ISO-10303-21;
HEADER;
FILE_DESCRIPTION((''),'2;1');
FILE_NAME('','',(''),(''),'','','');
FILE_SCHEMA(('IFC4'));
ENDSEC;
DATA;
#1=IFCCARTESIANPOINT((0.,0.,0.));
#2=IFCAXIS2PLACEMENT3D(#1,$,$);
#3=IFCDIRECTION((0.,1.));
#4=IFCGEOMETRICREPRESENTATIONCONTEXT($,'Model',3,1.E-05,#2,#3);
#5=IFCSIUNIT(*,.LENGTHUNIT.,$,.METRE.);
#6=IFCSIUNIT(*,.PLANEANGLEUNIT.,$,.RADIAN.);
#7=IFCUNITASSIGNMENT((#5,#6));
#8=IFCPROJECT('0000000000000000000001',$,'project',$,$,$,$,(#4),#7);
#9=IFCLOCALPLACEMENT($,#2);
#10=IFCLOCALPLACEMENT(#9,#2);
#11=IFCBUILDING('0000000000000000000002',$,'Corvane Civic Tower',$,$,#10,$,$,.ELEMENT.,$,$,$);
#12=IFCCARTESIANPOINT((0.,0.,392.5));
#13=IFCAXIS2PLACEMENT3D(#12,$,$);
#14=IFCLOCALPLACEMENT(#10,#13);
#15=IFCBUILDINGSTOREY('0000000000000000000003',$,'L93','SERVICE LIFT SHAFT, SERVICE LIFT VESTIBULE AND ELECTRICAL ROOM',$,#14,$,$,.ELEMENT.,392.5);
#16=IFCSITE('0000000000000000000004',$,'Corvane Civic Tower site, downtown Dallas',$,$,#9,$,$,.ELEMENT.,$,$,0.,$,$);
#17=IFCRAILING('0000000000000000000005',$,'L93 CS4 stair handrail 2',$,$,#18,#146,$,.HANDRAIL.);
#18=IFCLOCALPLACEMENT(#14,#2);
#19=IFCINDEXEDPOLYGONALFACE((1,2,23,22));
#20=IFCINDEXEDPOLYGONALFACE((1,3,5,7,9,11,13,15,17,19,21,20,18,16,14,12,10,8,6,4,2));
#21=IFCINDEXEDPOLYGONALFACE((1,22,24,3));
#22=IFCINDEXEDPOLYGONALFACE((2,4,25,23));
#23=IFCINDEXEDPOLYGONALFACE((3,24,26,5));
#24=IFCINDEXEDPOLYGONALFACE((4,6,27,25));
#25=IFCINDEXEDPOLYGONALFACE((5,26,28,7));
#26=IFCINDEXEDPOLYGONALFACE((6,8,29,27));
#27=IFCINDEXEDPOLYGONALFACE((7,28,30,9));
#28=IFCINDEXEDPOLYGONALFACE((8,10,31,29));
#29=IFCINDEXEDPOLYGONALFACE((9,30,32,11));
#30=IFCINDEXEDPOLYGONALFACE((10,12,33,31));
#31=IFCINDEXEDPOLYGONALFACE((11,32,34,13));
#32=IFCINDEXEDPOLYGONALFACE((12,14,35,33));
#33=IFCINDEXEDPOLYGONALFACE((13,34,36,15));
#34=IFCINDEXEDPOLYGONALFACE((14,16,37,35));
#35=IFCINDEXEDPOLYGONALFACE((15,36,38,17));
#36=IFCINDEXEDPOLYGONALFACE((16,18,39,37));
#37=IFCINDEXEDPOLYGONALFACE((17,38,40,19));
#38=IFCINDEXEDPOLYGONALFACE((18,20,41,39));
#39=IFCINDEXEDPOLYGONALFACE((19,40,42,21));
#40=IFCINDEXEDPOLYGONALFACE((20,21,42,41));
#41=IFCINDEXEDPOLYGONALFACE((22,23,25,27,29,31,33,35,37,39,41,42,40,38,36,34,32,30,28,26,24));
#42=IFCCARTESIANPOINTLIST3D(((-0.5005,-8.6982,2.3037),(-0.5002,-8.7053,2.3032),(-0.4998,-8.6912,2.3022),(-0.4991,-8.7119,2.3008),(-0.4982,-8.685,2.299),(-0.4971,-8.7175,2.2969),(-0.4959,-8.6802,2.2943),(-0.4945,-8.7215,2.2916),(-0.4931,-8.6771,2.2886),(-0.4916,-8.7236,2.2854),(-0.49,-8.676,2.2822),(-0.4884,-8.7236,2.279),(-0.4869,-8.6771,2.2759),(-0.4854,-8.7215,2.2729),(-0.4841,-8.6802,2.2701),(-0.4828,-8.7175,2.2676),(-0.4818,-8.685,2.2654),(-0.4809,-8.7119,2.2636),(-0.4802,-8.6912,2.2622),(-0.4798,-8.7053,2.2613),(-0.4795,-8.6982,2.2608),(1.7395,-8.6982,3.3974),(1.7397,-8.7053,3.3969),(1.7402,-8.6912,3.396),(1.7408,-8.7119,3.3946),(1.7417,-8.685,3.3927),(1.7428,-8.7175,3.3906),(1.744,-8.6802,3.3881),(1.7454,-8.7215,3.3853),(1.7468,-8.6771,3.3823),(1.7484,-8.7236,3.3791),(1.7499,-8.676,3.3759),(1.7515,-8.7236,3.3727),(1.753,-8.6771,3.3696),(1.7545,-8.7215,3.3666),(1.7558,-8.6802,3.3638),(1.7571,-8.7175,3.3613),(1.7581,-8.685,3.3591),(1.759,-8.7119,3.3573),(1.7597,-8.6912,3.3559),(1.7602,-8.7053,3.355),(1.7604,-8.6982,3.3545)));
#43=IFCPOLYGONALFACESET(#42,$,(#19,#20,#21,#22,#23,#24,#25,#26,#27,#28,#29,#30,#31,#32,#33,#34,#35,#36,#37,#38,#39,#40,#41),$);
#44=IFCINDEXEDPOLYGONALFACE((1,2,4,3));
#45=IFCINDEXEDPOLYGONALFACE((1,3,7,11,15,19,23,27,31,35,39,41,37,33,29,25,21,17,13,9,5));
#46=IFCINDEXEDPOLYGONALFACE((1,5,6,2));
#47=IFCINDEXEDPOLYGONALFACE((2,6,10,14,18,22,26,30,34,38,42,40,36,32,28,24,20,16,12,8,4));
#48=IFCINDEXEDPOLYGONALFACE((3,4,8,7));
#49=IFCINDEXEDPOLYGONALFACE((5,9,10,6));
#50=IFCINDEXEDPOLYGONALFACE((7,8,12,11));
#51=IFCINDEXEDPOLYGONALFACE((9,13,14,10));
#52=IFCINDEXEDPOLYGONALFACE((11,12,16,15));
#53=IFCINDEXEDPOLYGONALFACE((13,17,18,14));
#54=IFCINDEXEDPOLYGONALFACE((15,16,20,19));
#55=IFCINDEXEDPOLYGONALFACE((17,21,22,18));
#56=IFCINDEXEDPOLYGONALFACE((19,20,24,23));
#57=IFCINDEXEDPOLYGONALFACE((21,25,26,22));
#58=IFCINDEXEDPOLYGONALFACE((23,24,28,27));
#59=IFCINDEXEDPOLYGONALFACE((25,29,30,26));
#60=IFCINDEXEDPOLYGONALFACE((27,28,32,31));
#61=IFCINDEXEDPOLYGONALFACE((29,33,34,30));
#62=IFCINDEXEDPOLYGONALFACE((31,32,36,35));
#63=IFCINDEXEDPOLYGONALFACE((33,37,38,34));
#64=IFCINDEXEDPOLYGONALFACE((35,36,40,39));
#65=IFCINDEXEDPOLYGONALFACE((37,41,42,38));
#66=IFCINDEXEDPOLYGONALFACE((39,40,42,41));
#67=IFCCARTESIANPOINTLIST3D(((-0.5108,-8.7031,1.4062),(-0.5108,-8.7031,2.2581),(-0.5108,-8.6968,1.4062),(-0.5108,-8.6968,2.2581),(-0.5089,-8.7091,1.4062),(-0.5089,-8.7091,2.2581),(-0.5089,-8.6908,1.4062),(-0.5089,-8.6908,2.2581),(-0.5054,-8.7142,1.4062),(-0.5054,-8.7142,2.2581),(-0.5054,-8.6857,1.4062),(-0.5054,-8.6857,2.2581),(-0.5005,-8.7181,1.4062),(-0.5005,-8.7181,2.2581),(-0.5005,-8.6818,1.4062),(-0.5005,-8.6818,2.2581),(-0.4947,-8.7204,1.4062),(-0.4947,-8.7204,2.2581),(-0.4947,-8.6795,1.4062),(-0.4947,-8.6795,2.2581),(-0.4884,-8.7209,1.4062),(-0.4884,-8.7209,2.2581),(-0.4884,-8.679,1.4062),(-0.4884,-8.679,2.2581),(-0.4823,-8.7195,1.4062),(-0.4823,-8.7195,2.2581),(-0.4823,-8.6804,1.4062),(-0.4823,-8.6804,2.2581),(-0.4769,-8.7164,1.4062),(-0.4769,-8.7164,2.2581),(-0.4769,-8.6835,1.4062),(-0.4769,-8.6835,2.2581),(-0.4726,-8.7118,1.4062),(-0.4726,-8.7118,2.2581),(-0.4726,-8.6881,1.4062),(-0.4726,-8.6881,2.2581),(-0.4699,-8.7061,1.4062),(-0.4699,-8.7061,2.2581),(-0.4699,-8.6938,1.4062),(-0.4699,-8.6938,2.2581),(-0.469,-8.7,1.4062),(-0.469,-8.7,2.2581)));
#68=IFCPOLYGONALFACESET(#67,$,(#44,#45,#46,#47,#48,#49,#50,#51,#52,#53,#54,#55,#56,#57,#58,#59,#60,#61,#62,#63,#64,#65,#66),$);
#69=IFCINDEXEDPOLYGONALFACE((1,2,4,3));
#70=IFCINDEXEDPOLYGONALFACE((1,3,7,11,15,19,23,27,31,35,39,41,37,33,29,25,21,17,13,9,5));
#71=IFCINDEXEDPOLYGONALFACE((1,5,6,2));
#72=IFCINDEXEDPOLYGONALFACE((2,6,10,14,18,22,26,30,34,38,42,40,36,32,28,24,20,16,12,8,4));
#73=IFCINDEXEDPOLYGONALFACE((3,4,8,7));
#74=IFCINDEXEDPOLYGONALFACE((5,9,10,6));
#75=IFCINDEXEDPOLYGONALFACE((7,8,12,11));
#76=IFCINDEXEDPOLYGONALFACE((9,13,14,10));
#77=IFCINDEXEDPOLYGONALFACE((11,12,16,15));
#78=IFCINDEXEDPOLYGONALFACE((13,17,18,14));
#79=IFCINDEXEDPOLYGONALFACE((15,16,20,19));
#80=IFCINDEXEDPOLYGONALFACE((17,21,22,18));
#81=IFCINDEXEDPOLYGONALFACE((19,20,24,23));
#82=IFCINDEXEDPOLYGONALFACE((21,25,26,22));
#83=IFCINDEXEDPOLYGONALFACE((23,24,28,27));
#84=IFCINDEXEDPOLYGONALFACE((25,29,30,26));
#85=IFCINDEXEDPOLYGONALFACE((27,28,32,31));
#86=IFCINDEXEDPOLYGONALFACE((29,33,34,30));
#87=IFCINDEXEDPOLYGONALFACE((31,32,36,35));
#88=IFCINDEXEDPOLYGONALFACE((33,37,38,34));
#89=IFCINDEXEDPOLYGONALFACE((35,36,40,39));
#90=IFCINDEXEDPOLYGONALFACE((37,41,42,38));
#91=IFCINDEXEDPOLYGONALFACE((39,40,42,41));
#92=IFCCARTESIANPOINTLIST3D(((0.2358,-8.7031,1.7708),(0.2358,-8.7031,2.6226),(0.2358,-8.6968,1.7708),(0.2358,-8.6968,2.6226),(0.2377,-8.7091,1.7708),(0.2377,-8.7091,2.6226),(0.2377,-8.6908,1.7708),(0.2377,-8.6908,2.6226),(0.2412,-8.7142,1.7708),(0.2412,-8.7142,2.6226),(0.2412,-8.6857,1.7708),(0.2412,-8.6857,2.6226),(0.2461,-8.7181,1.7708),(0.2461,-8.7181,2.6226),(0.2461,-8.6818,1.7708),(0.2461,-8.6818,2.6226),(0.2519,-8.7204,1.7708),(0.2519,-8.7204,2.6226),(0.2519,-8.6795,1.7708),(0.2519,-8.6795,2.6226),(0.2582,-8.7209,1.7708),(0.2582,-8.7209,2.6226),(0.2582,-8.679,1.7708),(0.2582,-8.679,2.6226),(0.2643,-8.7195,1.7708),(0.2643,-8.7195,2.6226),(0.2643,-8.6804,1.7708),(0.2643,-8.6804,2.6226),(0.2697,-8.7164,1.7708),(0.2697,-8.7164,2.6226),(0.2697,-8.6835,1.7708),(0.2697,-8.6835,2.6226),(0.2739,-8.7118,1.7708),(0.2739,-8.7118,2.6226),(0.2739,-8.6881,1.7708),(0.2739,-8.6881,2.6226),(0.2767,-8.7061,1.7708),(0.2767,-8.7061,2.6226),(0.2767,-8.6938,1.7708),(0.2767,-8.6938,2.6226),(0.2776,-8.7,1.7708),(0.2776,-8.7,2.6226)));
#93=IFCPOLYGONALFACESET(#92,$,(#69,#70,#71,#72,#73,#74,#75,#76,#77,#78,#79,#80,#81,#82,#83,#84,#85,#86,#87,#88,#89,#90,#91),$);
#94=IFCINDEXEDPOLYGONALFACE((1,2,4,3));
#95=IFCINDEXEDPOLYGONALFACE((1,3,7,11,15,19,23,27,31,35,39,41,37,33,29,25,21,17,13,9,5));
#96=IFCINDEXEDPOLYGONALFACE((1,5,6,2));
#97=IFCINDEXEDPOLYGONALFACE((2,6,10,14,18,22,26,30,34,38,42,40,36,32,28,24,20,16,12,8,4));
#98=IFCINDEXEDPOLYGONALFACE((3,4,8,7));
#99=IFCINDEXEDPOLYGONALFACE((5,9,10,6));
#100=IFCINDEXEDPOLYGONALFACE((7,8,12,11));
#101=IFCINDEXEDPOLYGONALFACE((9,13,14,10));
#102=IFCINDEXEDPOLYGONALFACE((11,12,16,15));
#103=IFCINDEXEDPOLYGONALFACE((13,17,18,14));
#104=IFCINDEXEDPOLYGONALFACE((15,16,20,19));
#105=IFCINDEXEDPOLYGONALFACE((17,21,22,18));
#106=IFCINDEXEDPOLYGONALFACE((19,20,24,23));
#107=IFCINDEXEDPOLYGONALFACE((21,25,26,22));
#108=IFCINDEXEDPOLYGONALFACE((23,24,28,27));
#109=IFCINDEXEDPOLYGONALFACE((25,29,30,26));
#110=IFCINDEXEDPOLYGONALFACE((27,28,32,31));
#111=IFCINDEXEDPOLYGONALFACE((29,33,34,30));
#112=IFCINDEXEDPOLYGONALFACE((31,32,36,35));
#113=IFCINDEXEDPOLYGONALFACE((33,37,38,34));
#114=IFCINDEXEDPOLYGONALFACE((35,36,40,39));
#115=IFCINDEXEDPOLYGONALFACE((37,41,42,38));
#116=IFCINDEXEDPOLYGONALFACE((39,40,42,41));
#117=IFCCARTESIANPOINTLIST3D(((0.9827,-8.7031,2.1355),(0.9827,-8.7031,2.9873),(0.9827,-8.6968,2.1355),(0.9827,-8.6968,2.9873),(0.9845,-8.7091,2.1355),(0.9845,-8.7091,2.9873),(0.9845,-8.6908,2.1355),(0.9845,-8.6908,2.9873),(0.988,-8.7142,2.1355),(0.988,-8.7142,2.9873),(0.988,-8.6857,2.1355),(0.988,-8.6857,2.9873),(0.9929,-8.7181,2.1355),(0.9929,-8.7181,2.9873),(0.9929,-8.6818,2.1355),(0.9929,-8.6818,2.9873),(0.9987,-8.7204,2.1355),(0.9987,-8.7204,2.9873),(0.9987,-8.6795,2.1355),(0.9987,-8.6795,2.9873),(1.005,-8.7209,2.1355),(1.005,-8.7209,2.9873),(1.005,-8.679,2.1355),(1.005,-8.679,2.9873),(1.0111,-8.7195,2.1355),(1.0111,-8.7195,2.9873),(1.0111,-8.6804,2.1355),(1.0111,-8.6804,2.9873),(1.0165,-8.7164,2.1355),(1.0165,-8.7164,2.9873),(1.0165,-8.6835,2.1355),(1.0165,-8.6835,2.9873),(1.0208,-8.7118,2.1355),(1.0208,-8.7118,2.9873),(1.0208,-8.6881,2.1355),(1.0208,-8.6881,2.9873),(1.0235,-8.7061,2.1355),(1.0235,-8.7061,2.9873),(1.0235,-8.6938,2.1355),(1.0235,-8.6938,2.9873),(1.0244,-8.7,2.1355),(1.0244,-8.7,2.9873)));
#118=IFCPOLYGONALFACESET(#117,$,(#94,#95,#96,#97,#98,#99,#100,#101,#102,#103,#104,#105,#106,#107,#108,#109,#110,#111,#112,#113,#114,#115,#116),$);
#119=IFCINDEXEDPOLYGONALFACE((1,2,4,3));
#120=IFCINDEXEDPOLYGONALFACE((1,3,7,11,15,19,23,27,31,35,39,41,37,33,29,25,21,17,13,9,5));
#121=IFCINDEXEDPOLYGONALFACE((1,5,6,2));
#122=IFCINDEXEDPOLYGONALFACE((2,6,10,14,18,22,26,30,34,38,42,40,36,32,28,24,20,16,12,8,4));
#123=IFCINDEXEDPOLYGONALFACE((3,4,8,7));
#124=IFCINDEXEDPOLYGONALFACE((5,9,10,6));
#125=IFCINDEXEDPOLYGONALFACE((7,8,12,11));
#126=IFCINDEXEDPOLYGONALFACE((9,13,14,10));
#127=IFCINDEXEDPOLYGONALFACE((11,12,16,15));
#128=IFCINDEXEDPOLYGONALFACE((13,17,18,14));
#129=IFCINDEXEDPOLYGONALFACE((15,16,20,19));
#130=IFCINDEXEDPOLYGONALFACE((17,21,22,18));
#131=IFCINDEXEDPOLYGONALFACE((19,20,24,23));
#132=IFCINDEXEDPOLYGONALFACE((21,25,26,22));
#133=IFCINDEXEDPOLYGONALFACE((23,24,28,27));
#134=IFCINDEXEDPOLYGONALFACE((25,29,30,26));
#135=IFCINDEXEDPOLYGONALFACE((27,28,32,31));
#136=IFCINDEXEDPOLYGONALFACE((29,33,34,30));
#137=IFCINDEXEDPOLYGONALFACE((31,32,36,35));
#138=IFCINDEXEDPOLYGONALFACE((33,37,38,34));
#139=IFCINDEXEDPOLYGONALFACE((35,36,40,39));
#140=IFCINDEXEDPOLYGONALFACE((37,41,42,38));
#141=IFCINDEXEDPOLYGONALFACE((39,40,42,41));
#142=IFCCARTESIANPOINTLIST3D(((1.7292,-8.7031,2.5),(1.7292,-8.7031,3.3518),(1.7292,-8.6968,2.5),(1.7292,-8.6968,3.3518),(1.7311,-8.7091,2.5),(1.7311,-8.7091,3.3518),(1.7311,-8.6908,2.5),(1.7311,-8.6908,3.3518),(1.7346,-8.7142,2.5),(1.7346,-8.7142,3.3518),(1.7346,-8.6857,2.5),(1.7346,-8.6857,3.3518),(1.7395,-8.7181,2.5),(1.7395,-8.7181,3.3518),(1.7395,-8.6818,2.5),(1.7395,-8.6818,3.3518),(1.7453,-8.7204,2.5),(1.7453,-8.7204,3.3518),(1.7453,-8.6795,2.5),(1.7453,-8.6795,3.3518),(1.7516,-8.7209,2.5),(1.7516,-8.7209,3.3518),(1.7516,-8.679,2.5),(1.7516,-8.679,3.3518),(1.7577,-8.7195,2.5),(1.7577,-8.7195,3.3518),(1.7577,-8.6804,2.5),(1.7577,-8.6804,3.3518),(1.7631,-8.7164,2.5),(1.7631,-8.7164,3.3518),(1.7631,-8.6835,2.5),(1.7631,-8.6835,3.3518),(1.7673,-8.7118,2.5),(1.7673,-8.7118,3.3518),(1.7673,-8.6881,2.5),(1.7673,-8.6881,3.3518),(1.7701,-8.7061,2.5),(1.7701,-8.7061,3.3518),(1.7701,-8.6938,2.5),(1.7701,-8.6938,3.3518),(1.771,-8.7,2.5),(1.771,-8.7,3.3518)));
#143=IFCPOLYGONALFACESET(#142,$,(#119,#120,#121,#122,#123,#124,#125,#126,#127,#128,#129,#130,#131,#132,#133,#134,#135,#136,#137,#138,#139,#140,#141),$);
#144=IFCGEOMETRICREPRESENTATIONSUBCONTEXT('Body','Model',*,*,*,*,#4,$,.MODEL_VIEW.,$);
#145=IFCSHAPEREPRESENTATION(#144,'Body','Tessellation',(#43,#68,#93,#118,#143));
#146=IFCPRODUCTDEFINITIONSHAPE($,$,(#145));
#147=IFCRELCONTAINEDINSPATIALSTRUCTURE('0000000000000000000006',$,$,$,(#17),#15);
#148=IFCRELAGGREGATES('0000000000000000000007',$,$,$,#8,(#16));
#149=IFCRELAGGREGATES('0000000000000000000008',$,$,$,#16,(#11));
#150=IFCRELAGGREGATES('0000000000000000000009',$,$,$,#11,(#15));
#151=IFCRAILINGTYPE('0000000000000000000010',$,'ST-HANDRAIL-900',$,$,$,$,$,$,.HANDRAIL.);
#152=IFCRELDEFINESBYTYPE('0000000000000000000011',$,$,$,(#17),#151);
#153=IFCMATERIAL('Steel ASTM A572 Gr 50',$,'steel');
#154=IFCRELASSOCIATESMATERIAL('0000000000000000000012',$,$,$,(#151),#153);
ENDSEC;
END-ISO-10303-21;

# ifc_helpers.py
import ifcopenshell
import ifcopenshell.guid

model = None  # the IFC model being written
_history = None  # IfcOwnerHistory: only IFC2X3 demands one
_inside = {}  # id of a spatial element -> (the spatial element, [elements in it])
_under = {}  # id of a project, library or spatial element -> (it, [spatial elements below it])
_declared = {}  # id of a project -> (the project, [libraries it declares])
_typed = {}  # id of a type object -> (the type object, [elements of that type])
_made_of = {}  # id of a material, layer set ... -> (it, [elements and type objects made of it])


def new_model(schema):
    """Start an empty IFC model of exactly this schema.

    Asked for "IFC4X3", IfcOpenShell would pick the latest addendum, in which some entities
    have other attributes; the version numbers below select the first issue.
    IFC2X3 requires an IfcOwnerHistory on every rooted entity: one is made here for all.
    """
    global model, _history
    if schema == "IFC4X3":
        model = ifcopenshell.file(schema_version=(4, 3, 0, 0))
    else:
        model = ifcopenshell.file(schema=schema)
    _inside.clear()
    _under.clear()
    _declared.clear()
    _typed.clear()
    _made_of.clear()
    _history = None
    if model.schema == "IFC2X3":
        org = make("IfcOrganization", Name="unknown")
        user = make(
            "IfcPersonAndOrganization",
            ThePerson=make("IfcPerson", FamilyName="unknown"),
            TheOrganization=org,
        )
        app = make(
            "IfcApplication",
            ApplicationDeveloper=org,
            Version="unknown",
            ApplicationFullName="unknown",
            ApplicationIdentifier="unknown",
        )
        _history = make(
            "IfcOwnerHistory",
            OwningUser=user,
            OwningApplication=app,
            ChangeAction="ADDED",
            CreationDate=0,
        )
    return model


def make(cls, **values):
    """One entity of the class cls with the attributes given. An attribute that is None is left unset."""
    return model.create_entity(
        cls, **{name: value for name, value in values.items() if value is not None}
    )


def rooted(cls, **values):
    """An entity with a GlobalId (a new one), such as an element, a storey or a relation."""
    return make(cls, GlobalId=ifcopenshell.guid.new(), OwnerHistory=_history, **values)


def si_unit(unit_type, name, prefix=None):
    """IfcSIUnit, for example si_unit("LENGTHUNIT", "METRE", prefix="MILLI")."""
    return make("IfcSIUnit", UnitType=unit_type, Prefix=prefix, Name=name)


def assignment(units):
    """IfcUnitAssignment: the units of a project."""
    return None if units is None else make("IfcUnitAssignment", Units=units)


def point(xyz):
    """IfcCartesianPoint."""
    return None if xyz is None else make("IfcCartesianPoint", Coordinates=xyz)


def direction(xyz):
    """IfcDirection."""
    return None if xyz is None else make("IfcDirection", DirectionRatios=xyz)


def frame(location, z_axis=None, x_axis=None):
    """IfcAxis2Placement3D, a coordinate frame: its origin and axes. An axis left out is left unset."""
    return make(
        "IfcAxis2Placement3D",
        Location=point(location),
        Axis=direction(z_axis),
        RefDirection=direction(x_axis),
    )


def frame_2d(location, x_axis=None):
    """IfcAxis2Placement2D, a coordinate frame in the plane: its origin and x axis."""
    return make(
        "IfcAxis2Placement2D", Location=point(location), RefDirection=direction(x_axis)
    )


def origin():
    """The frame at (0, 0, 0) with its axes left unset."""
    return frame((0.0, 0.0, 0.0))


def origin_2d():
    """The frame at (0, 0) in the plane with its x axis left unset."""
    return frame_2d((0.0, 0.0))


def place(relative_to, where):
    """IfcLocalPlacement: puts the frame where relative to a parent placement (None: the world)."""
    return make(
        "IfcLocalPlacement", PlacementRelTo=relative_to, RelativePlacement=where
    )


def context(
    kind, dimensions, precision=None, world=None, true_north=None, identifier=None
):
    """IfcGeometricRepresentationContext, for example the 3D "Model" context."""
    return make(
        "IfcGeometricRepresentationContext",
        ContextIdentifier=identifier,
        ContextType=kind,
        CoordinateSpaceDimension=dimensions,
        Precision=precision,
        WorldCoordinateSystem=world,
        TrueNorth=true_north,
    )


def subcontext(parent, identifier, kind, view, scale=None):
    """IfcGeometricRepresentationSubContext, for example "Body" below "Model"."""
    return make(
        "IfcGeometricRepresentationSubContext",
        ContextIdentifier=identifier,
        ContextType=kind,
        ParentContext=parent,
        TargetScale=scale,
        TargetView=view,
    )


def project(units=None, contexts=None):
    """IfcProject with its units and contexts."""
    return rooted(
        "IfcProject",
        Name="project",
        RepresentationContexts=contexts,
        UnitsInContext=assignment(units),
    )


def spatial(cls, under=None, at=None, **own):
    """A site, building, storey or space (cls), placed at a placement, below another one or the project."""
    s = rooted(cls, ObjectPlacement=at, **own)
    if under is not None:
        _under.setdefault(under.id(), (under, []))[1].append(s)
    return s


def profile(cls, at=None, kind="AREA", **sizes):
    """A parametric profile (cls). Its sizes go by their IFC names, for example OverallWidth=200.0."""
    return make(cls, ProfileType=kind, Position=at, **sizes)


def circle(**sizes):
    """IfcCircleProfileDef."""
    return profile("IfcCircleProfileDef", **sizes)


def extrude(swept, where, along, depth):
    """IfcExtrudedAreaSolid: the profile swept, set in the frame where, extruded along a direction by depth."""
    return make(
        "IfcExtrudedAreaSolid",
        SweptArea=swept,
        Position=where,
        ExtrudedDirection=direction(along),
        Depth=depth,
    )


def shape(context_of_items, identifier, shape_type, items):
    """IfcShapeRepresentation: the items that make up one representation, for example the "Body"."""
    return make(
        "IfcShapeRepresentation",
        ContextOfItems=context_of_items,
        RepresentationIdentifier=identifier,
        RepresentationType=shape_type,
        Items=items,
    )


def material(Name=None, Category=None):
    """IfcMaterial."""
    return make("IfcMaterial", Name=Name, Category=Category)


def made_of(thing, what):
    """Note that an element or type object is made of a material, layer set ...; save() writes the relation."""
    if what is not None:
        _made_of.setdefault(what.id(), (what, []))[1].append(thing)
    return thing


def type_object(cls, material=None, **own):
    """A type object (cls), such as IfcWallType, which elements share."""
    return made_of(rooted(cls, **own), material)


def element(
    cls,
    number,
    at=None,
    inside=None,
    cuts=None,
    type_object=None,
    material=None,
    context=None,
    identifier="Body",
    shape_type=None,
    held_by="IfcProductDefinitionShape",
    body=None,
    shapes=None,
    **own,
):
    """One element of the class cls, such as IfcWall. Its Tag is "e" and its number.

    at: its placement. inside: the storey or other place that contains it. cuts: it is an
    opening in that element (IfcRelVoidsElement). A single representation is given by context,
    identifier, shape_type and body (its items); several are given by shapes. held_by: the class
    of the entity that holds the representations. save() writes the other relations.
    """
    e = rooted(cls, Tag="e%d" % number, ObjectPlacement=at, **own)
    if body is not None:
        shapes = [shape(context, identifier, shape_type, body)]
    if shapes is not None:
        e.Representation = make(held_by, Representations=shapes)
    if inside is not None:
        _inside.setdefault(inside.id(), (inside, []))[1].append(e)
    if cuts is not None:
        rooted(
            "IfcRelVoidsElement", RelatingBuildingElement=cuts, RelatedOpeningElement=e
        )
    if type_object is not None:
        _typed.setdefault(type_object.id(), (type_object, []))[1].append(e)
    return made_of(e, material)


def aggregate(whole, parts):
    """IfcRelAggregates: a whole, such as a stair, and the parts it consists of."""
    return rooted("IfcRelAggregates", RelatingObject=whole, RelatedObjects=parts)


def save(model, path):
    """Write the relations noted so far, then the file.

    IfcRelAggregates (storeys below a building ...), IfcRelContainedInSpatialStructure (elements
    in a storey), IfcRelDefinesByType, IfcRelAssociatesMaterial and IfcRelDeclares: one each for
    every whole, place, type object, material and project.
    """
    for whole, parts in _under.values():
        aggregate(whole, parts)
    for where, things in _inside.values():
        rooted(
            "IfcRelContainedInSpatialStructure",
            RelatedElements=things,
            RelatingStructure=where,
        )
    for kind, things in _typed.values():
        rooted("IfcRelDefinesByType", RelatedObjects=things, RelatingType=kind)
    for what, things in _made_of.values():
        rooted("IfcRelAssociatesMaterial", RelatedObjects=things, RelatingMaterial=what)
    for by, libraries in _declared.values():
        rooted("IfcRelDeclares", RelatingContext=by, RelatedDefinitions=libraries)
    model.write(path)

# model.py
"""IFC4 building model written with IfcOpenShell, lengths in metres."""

from ifc_helpers import new_model, si_unit, direction, frame, origin, origin_2d, place, context, subcontext, project, spatial, circle, extrude, material, type_object, element, save


model = new_model("IFC4")

# Units and contexts
model_context = context("Model", 3, precision=1e-05, world=origin(), true_north=direction((0.0, 1.0)))
body_context = subcontext(model_context, "Body", "Model", "MODEL_VIEW")
ifc_project = project(units=[si_unit("LENGTHUNIT", "METRE"), si_unit("PLANEANGLEUNIT", "RADIAN")], contexts=[model_context])

# Site, building, storey
site_placement = place(None, origin())
site = spatial("IfcSite", under=ifc_project, at=site_placement, Name="Corvane Civic Tower site, downtown Dallas", CompositionType="ELEMENT", RefElevation=0.0)
building_placement = place(site_placement, origin())
building = spatial("IfcBuilding", under=site, at=building_placement, Name="Corvane Civic Tower", CompositionType="ELEMENT")
storey_placement = place(building_placement, frame((0.0, 0.0, 392.5)))
storey = spatial("IfcBuildingStorey", under=building, at=storey_placement, Name="L93", Description="SERVICE LIFT SHAFT, SERVICE LIFT VESTIBULE AND ELECTRICAL ROOM", CompositionType="ELEMENT", Elevation=392.5)

# Railing
ifc_material_1 = material(Name="Steel ASTM A572 Gr 50", Category="steel")
railing_type = type_object("IfcRailingType", Name="ST-HANDRAIL-900", PredefinedType="HANDRAIL", material=ifc_material_1)
for number, where, name in (
    (1, (-0.49, -8.7, 1.4062), "L93 CS4 stair handrail 2"),
):
    element("IfcRailing", number, at=place(storey_placement, frame(where)), inside=storey, type_object=railing_type, Name=name, PredefinedType="HANDRAIL", context=body_context, shape_type="SweptSolid", body=[
        extrude(circle(Radius=0.0239, at=origin_2d()), frame((0.0, 0.0, 0.876), z_axis=(0.898599, 0.0, 0.438771), x_axis=(0.0, 1.0, 0.0)), (0.0, 0.0, 1.0), 2.4927),
        extrude(circle(Radius=0.021, at=origin_2d()), origin(), (0.0, 0.0, 1.0), 0.8518),
        extrude(circle(Radius=0.021, at=origin_2d()), frame((0.7466, 0.0, 0.3645)), (0.0, 0.0, 1.0), 0.8518),
        extrude(circle(Radius=0.021, at=origin_2d()), frame((1.4934, 0.0, 0.7292)), (0.0, 0.0, 1.0), 0.8518),
        extrude(circle(Radius=0.021, at=origin_2d()), frame((2.24, 0.0, 1.0938)), (0.0, 0.0, 1.0), 0.8518),
    ])

save(model, "model.ifc")
